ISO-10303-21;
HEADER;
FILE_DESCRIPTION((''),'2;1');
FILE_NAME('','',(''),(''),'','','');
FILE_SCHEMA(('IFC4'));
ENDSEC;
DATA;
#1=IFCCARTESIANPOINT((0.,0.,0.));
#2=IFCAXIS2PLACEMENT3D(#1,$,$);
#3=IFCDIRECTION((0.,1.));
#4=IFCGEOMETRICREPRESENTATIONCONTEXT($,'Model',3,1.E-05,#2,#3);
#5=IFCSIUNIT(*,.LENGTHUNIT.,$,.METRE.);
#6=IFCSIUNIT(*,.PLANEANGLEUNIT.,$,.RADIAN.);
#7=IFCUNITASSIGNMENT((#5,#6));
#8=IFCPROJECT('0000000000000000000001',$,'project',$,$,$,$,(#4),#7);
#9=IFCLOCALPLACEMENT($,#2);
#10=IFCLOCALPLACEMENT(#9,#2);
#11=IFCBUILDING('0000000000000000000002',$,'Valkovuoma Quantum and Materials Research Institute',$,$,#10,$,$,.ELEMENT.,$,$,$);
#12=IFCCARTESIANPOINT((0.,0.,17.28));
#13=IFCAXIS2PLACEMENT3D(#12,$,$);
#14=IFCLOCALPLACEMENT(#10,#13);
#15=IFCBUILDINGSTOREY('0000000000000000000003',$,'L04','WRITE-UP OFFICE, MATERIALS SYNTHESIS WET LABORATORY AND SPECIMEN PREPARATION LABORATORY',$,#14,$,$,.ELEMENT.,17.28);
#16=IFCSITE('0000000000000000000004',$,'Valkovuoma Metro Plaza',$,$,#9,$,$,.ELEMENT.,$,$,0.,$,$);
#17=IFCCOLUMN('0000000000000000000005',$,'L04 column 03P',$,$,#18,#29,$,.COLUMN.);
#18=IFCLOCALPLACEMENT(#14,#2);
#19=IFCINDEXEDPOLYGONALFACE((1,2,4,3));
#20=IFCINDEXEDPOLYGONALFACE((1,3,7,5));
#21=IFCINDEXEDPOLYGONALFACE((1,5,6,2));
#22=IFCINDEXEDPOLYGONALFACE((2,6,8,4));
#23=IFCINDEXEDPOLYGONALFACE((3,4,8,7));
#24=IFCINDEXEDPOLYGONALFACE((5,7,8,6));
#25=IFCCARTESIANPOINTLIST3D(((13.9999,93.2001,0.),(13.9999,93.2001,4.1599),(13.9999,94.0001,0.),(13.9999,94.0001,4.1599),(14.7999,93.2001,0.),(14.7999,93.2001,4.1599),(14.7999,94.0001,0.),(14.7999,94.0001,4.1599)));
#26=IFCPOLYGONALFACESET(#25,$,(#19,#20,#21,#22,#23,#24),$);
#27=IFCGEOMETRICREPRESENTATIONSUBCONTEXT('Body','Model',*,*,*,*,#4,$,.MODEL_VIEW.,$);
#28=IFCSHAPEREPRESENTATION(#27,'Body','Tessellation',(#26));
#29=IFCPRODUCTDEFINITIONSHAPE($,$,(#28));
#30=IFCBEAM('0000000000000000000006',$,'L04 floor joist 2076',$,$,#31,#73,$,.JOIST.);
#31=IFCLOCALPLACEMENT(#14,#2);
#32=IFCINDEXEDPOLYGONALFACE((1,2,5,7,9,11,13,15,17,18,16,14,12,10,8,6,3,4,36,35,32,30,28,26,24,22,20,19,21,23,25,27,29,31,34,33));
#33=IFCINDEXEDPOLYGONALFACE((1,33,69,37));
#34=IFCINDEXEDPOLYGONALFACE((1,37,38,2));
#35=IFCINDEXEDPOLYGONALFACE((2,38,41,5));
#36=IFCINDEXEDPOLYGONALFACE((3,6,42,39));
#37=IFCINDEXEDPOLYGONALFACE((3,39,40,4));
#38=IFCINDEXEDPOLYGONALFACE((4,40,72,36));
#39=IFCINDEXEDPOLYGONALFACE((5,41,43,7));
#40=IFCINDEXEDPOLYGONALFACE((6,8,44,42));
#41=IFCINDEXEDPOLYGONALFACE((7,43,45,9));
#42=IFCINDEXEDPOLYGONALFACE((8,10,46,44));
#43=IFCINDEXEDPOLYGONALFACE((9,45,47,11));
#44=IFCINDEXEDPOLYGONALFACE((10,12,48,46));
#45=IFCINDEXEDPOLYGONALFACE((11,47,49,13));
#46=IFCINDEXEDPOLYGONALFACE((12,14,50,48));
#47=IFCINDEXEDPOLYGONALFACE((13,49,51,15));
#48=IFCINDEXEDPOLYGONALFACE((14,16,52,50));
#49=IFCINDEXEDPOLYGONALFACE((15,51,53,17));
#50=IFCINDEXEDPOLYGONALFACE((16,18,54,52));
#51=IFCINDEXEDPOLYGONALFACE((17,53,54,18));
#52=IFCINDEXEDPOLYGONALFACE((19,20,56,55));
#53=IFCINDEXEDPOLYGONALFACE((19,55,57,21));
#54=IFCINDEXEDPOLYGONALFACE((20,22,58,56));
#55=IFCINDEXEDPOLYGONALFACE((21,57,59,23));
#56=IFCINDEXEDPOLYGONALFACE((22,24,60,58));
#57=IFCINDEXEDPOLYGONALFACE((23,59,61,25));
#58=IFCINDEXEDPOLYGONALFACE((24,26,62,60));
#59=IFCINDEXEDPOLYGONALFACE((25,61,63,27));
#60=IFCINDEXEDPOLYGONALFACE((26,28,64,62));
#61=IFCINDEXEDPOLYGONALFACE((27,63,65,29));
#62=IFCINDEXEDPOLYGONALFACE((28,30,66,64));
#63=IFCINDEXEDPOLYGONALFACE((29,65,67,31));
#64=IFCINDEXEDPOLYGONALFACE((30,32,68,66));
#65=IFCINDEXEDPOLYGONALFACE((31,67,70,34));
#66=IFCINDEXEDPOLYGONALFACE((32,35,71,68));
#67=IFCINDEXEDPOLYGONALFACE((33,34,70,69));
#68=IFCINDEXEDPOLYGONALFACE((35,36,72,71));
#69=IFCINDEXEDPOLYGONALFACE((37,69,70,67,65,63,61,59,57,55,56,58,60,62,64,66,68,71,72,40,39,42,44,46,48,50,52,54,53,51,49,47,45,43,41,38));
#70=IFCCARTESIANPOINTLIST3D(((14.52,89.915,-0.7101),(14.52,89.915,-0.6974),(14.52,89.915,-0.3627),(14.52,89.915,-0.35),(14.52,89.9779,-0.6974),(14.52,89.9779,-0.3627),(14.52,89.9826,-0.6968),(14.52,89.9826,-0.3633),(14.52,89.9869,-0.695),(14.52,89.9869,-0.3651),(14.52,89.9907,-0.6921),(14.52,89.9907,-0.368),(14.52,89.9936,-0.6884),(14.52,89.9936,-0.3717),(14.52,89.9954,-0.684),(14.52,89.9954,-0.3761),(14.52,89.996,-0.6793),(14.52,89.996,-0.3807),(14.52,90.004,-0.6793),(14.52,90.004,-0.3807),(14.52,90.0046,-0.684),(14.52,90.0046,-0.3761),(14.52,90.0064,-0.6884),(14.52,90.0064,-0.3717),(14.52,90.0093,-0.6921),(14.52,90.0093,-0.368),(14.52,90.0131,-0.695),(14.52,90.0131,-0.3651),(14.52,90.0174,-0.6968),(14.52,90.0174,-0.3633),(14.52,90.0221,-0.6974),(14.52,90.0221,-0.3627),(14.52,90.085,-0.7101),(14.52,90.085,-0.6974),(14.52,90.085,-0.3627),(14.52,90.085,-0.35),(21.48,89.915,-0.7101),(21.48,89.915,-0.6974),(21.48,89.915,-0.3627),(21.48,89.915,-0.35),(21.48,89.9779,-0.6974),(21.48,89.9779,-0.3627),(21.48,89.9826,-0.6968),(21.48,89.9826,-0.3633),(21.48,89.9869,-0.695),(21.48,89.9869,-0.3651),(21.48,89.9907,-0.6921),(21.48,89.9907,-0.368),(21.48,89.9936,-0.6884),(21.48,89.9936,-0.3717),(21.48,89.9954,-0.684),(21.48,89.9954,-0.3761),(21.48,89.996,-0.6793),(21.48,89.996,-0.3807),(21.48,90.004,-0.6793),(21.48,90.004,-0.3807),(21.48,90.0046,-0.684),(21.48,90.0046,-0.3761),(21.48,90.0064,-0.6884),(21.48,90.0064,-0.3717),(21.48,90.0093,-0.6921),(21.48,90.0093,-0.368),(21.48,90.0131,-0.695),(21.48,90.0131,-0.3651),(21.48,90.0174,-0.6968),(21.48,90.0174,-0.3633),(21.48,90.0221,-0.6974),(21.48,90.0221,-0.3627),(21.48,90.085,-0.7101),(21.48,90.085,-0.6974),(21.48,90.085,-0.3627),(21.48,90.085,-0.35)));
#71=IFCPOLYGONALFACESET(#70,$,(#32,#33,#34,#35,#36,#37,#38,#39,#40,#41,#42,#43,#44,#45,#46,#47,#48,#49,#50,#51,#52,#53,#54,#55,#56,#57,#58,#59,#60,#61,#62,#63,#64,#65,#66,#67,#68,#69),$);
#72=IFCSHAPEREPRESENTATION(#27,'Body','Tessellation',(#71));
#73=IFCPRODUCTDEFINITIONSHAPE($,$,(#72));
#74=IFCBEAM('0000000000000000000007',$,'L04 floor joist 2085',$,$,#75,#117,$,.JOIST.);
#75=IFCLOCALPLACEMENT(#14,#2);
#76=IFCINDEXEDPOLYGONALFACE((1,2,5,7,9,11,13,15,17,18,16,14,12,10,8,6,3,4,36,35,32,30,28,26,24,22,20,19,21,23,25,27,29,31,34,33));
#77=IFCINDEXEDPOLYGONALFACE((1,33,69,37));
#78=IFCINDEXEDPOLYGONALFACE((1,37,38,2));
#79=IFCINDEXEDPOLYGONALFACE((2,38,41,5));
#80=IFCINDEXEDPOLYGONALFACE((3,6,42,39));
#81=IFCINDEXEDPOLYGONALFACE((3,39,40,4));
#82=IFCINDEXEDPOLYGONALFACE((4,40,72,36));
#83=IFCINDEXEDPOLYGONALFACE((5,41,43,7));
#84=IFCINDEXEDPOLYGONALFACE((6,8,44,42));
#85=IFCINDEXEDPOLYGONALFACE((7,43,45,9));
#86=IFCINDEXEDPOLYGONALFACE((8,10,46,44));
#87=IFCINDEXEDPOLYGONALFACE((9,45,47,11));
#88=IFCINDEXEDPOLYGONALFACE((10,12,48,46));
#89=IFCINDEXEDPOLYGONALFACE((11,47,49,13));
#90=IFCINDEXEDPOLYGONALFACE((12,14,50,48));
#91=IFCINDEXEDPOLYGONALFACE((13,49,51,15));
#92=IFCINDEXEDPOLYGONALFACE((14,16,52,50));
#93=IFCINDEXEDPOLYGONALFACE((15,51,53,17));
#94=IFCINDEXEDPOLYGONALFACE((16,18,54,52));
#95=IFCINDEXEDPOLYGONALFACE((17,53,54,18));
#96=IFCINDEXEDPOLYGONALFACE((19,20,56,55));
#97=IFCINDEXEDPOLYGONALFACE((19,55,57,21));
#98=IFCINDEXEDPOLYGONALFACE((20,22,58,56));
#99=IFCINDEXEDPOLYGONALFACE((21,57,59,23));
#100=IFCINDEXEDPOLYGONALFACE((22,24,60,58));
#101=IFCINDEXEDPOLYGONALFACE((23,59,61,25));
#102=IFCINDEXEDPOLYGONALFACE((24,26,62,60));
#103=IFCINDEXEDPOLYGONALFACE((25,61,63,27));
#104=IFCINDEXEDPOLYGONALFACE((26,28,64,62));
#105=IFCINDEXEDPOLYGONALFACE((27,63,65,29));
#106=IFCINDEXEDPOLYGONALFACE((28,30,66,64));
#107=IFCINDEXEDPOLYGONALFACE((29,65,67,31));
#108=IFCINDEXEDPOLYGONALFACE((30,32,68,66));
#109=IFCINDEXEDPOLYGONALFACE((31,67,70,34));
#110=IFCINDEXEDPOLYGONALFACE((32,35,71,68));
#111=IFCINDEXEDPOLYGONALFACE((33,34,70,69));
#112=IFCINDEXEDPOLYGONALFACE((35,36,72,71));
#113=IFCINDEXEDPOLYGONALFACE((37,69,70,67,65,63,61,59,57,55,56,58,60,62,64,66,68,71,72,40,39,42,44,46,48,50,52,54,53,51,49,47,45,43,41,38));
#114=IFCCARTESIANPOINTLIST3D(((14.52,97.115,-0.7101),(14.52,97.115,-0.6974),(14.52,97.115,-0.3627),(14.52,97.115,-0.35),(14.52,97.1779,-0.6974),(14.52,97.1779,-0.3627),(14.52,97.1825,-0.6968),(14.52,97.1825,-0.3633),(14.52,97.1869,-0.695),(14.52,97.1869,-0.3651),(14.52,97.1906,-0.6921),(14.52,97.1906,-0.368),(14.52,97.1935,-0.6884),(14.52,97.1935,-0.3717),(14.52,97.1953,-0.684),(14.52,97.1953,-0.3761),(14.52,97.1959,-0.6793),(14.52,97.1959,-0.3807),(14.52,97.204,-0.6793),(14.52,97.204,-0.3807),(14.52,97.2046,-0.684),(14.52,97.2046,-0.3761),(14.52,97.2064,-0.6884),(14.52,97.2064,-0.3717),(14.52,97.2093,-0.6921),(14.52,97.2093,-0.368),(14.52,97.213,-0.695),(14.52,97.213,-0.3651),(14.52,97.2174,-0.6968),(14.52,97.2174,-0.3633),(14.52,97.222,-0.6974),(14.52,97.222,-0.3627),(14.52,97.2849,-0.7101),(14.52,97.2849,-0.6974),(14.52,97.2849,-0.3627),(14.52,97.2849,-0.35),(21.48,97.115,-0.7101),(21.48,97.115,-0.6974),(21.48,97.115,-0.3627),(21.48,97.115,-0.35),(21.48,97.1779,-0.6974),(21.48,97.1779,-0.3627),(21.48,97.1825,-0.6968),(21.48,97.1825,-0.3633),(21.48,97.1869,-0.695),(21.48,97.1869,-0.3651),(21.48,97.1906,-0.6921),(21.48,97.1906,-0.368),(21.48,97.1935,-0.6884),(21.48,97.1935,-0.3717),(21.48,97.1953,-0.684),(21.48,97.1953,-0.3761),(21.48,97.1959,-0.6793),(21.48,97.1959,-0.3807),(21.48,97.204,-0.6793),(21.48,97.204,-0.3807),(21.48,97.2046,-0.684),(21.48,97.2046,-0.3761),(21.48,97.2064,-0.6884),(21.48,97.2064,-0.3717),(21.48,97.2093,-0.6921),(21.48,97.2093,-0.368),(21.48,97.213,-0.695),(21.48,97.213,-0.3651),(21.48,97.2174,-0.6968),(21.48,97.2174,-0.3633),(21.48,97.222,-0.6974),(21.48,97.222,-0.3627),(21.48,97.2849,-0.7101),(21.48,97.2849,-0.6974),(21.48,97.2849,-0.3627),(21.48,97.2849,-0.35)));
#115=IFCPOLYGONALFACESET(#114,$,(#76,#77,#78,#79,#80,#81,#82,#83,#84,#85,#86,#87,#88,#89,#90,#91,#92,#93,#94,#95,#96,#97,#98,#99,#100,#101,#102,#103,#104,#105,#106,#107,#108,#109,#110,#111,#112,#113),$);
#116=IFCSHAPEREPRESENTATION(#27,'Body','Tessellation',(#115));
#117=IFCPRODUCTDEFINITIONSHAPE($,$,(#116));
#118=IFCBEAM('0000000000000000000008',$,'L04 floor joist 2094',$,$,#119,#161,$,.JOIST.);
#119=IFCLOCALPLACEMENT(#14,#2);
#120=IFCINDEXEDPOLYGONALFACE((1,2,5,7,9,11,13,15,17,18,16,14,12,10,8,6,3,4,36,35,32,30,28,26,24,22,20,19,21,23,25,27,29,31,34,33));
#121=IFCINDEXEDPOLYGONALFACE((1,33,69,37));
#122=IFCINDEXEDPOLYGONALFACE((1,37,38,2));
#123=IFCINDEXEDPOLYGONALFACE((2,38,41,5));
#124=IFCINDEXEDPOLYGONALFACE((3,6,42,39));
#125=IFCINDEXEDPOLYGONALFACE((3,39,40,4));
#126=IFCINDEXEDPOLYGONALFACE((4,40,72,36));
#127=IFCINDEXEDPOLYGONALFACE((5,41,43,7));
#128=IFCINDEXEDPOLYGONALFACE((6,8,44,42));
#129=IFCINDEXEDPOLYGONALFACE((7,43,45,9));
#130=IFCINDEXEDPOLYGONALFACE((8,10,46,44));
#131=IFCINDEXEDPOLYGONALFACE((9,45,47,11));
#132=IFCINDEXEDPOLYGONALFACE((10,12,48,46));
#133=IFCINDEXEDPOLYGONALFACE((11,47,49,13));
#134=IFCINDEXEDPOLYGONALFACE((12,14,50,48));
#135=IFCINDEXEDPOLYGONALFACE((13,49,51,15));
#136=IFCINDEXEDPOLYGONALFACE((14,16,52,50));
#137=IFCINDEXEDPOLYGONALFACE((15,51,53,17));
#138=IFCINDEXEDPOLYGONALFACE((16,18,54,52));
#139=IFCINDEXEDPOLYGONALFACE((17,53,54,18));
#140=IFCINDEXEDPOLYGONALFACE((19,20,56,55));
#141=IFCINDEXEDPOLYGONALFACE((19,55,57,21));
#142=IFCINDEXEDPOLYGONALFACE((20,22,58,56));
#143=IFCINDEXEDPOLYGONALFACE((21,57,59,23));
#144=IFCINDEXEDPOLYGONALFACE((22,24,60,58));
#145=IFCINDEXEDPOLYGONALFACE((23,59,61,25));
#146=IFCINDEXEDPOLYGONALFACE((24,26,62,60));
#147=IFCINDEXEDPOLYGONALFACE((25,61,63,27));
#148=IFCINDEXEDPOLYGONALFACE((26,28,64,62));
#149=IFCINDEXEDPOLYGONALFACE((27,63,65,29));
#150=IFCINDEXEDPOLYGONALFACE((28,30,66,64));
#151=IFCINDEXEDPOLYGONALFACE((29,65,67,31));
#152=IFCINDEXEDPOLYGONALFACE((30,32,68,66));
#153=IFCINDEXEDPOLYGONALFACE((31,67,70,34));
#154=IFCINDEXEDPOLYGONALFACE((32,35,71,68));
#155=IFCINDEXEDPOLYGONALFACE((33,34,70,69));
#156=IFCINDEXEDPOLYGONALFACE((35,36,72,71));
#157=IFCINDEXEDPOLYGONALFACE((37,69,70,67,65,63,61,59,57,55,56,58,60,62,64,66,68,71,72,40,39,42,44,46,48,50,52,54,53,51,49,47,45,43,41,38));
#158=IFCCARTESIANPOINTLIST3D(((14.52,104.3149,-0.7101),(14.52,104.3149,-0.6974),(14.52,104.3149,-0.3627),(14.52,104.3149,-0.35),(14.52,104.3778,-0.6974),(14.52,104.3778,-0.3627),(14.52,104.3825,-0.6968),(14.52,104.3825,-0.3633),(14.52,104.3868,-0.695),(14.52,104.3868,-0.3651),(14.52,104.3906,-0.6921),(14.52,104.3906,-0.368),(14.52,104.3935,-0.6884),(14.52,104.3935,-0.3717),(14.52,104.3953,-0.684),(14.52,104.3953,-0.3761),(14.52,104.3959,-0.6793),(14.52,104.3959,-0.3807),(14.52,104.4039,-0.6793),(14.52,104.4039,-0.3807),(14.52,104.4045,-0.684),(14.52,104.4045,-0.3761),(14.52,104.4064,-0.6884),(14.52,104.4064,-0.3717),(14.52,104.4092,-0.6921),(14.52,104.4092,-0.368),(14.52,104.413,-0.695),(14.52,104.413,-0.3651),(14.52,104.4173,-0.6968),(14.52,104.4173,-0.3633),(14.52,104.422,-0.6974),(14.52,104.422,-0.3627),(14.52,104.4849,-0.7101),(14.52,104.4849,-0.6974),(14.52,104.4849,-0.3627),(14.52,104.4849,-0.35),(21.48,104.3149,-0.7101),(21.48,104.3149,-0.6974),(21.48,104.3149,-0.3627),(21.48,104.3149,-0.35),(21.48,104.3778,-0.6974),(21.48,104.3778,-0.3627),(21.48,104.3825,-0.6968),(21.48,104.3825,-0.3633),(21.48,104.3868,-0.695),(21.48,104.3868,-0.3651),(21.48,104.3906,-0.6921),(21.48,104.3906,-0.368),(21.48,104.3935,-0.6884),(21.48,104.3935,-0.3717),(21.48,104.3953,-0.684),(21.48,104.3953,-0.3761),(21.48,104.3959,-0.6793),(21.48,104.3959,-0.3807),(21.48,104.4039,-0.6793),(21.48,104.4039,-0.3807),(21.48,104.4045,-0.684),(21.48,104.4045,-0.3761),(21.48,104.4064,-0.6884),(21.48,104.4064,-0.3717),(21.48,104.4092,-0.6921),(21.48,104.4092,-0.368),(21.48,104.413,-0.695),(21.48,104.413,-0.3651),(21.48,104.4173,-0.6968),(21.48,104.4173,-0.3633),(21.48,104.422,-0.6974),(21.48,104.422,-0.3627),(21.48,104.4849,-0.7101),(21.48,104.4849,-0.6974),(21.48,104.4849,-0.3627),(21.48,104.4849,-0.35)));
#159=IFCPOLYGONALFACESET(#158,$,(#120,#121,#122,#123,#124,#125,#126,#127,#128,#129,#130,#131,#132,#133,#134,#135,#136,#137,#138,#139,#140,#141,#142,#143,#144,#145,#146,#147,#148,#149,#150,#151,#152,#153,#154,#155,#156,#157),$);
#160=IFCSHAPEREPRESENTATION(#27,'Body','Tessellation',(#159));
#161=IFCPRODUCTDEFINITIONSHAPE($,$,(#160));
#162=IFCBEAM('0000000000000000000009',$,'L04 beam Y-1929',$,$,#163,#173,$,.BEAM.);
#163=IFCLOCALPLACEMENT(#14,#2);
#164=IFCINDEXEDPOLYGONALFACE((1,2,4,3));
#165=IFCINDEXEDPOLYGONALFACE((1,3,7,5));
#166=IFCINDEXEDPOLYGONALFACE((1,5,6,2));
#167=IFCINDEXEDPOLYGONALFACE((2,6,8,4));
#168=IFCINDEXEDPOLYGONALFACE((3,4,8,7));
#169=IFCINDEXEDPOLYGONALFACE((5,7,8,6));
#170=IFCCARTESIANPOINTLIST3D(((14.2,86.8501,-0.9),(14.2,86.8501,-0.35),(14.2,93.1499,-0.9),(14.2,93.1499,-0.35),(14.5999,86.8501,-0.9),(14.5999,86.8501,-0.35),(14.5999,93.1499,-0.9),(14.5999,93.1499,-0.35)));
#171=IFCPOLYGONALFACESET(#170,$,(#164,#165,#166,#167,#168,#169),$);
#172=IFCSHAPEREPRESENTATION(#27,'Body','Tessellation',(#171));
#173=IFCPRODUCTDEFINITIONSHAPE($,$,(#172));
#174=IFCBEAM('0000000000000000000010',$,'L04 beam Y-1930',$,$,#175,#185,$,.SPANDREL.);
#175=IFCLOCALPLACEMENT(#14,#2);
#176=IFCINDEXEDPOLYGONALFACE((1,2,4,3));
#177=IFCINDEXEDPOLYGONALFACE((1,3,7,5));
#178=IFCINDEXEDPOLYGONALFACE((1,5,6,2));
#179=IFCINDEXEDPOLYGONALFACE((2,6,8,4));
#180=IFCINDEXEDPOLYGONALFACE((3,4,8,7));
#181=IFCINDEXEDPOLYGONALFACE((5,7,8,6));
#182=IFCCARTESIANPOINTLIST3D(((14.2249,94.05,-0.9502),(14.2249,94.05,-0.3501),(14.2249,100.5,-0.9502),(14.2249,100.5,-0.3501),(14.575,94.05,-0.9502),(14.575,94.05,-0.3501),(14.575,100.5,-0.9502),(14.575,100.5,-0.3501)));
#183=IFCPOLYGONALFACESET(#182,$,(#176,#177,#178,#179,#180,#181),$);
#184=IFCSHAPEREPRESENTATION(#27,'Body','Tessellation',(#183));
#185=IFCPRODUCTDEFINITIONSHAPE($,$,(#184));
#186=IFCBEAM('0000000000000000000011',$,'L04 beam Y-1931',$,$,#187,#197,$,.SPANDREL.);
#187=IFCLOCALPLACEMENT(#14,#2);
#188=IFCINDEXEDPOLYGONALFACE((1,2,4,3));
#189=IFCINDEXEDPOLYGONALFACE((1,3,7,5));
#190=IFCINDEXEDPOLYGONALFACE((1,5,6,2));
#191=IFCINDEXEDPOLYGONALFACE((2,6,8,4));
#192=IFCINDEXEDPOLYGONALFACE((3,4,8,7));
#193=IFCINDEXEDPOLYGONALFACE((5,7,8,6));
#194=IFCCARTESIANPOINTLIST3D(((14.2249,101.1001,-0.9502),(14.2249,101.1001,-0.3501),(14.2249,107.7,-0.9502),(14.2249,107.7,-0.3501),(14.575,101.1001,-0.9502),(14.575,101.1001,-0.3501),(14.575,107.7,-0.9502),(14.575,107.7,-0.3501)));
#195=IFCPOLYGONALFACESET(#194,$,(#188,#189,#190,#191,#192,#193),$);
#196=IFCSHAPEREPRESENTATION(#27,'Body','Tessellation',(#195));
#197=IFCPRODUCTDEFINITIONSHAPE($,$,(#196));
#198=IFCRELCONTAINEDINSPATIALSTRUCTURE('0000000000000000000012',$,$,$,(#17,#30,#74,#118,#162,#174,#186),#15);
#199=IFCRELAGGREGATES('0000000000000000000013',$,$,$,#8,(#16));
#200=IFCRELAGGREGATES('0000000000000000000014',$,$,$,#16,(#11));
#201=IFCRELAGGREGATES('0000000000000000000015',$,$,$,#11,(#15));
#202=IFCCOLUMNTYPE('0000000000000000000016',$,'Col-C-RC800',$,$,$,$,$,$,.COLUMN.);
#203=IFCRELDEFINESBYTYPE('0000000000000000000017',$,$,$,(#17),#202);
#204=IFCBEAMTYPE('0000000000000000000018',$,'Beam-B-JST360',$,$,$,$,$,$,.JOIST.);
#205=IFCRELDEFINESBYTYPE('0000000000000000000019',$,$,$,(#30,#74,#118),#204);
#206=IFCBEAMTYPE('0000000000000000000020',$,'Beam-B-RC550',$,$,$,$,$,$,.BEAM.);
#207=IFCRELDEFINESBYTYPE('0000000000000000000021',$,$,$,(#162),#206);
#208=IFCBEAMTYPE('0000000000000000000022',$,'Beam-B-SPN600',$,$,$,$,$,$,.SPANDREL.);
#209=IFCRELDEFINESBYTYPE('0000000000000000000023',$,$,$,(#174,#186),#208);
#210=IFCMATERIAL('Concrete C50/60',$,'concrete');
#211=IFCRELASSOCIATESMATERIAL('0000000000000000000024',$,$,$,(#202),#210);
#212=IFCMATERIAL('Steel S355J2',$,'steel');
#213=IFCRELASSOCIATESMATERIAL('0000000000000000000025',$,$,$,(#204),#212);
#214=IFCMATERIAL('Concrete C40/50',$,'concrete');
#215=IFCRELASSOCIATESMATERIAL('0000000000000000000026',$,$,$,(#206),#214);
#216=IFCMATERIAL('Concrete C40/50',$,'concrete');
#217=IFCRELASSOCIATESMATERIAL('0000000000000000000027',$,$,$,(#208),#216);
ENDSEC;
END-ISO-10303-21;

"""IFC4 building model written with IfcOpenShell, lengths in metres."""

from ifc_helpers import new_model, si_unit, direction, frame, origin, origin_2d, place, context, subcontext, project, spatial, rectangle, i_section, extrude, material, material_profile, profile_set, type_object, element, save


model = new_model("IFC4")

# Units and contexts
model_context = context("Model", 3, precision=1e-05, world=origin(), true_north=direction((0.0, 1.0)))
body_context = subcontext(model_context, "Body", "Model", "MODEL_VIEW")
ifc_project = project(units=[si_unit("LENGTHUNIT", "METRE"), si_unit("PLANEANGLEUNIT", "RADIAN")], contexts=[model_context])

# Site, building, storey
site_placement = place(None, origin())
site = spatial("IfcSite", under=ifc_project, at=site_placement, Name="Valkovuoma Metro Plaza", CompositionType="ELEMENT", RefElevation=0.0)
building_placement = place(site_placement, origin())
building = spatial("IfcBuilding", under=site, at=building_placement, Name="Valkovuoma Quantum and Materials Research Institute", CompositionType="ELEMENT")
storey_placement = place(building_placement, frame((0.0, 0.0, 17.28)))
storey = spatial("IfcBuildingStorey", under=building, at=storey_placement, Name="L04", Description="WRITE-UP OFFICE, MATERIALS SYNTHESIS WET LABORATORY AND SPECIMEN PREPARATION LABORATORY", CompositionType="ELEMENT", Elevation=17.28)

# Column
ifc_material_1 = material(Name="Concrete C50/60", Category="concrete")
ifc_material_profile_1 = material_profile(ifc_material_1, rectangle(XDim=0.8, YDim=0.8, at=origin_2d()), Name="Concrete C50/60")
ifc_profile_set_1 = profile_set([ifc_material_profile_1], Name="Concrete C50/60")
column_type = type_object("IfcColumnType", Name="Col-C-RC800", PredefinedType="COLUMN", material=ifc_profile_set_1)
column_placement = place(storey_placement, frame((14.3999, 93.6001, 0.0), z_axis=(0.0, 0.0, 1.0), x_axis=(1.0, 0.0, 0.0)))
element("IfcColumn", 1, at=column_placement, inside=storey, type_object=column_type, Name="L04 column 03P", PredefinedType="COLUMN", context=body_context, shape_type="SweptSolid", body=[
    extrude(rectangle(XDim=0.8, YDim=0.8, at=origin_2d()), origin(), (0.0, 0.0, 1.0), 4.1599),
])

# Beams
ifc_material_2 = material(Name="Steel S355J2", Category="steel")
ifc_material_profile_2 = material_profile(ifc_material_2, i_section(OverallWidth=0.1699, OverallDepth=0.3601, WebThickness=0.0081, FlangeThickness=0.0127, FilletRadius=0.0181, at=origin_2d()), Name="Steel S355J2")
ifc_profile_set_2 = profile_set([ifc_material_profile_2], Name="Steel S355J2")
beam_type_1 = type_object("IfcBeamType", Name="Beam-B-JST360", PredefinedType="JOIST", material=ifc_profile_set_2)
for number, where, z_axis, x_axis, name in (
    (2, (14.52, 90.0, -0.53), (1.0, 0.0, 0.0), (0.0, 1.0, 0.0), "L04 floor joist 2076"),
    (3, (14.52, 97.2, -0.53), (1.0, 0.0, 0.0), (0.0, 1.0, 0.0), "L04 floor joist 2085"),
    (4, (14.52, 104.3999, -0.53), (1.0, 0.0, 0.0), (0.0, 1.0, 0.0), "L04 floor joist 2094"),
):
    element("IfcBeam", number, at=place(storey_placement, frame(where, z_axis=z_axis, x_axis=x_axis)), inside=storey, type_object=beam_type_1, Name=name, PredefinedType="JOIST", context=body_context, shape_type="SweptSolid", body=[
        extrude(i_section(OverallWidth=0.1699, OverallDepth=0.3601, WebThickness=0.0081, FlangeThickness=0.0127, FilletRadius=0.0181, at=origin_2d()), origin(), (0.0, 0.0, 1.0), 6.96),
    ])
ifc_material_3 = material(Name="Concrete C40/50", Category="concrete")
ifc_material_profile_3 = material_profile(ifc_material_3, rectangle(XDim=0.3999, YDim=0.55, at=origin_2d()), Name="Concrete C40/50")
ifc_profile_set_3 = profile_set([ifc_material_profile_3], Name="Concrete C40/50")
beam_type_2 = type_object("IfcBeamType", Name="Beam-B-RC550", PredefinedType="BEAM", material=ifc_profile_set_3)
beam_1_placement = place(storey_placement, frame((14.3999, 86.8501, -0.625), z_axis=(0.0, 1.0, 0.0), x_axis=(-1.0, 0.0, 0.0)))
element("IfcBeam", 5, at=beam_1_placement, inside=storey, type_object=beam_type_2, Name="L04 beam Y-1929", PredefinedType="BEAM", context=body_context, shape_type="SweptSolid", body=[
    extrude(rectangle(XDim=0.3999, YDim=0.55, at=origin_2d()), origin(), (0.0, 0.0, 1.0), 6.2998),
])
ifc_material_4 = material(Name="Concrete C40/50", Category="concrete")
ifc_material_profile_4 = material_profile(ifc_material_4, rectangle(XDim=0.3501, YDim=0.6001, at=origin_2d()), Name="Concrete C40/50")
ifc_profile_set_4 = profile_set([ifc_material_profile_4], Name="Concrete C40/50")
beam_type_3 = type_object("IfcBeamType", Name="Beam-B-SPN600", PredefinedType="SPANDREL", material=ifc_profile_set_4)
beam_2_placement = place(storey_placement, frame((14.3999, 94.05, -0.6501), z_axis=(0.0, 1.0, 0.0), x_axis=(-1.0, 0.0, 0.0)))
element("IfcBeam", 6, at=beam_2_placement, inside=storey, type_object=beam_type_3, Name="L04 beam Y-1930", PredefinedType="SPANDREL", context=body_context, shape_type="SweptSolid", body=[
    extrude(rectangle(XDim=0.3501, YDim=0.6001, at=origin_2d()), origin(), (0.0, 0.0, 1.0), 6.45),
])
beam_3_placement = place(storey_placement, frame((14.3999, 101.1001, -0.6501), z_axis=(0.0, 1.0, 0.0), x_axis=(-1.0, 0.0, 0.0)))
element("IfcBeam", 7, at=beam_3_placement, inside=storey, type_object=beam_type_3, Name="L04 beam Y-1931", PredefinedType="SPANDREL", context=body_context, shape_type="SweptSolid", body=[
    extrude(rectangle(XDim=0.3501, YDim=0.6001, at=origin_2d()), origin(), (0.0, 0.0, 1.0), 6.5999),
])

save(model, "model.ifc")
